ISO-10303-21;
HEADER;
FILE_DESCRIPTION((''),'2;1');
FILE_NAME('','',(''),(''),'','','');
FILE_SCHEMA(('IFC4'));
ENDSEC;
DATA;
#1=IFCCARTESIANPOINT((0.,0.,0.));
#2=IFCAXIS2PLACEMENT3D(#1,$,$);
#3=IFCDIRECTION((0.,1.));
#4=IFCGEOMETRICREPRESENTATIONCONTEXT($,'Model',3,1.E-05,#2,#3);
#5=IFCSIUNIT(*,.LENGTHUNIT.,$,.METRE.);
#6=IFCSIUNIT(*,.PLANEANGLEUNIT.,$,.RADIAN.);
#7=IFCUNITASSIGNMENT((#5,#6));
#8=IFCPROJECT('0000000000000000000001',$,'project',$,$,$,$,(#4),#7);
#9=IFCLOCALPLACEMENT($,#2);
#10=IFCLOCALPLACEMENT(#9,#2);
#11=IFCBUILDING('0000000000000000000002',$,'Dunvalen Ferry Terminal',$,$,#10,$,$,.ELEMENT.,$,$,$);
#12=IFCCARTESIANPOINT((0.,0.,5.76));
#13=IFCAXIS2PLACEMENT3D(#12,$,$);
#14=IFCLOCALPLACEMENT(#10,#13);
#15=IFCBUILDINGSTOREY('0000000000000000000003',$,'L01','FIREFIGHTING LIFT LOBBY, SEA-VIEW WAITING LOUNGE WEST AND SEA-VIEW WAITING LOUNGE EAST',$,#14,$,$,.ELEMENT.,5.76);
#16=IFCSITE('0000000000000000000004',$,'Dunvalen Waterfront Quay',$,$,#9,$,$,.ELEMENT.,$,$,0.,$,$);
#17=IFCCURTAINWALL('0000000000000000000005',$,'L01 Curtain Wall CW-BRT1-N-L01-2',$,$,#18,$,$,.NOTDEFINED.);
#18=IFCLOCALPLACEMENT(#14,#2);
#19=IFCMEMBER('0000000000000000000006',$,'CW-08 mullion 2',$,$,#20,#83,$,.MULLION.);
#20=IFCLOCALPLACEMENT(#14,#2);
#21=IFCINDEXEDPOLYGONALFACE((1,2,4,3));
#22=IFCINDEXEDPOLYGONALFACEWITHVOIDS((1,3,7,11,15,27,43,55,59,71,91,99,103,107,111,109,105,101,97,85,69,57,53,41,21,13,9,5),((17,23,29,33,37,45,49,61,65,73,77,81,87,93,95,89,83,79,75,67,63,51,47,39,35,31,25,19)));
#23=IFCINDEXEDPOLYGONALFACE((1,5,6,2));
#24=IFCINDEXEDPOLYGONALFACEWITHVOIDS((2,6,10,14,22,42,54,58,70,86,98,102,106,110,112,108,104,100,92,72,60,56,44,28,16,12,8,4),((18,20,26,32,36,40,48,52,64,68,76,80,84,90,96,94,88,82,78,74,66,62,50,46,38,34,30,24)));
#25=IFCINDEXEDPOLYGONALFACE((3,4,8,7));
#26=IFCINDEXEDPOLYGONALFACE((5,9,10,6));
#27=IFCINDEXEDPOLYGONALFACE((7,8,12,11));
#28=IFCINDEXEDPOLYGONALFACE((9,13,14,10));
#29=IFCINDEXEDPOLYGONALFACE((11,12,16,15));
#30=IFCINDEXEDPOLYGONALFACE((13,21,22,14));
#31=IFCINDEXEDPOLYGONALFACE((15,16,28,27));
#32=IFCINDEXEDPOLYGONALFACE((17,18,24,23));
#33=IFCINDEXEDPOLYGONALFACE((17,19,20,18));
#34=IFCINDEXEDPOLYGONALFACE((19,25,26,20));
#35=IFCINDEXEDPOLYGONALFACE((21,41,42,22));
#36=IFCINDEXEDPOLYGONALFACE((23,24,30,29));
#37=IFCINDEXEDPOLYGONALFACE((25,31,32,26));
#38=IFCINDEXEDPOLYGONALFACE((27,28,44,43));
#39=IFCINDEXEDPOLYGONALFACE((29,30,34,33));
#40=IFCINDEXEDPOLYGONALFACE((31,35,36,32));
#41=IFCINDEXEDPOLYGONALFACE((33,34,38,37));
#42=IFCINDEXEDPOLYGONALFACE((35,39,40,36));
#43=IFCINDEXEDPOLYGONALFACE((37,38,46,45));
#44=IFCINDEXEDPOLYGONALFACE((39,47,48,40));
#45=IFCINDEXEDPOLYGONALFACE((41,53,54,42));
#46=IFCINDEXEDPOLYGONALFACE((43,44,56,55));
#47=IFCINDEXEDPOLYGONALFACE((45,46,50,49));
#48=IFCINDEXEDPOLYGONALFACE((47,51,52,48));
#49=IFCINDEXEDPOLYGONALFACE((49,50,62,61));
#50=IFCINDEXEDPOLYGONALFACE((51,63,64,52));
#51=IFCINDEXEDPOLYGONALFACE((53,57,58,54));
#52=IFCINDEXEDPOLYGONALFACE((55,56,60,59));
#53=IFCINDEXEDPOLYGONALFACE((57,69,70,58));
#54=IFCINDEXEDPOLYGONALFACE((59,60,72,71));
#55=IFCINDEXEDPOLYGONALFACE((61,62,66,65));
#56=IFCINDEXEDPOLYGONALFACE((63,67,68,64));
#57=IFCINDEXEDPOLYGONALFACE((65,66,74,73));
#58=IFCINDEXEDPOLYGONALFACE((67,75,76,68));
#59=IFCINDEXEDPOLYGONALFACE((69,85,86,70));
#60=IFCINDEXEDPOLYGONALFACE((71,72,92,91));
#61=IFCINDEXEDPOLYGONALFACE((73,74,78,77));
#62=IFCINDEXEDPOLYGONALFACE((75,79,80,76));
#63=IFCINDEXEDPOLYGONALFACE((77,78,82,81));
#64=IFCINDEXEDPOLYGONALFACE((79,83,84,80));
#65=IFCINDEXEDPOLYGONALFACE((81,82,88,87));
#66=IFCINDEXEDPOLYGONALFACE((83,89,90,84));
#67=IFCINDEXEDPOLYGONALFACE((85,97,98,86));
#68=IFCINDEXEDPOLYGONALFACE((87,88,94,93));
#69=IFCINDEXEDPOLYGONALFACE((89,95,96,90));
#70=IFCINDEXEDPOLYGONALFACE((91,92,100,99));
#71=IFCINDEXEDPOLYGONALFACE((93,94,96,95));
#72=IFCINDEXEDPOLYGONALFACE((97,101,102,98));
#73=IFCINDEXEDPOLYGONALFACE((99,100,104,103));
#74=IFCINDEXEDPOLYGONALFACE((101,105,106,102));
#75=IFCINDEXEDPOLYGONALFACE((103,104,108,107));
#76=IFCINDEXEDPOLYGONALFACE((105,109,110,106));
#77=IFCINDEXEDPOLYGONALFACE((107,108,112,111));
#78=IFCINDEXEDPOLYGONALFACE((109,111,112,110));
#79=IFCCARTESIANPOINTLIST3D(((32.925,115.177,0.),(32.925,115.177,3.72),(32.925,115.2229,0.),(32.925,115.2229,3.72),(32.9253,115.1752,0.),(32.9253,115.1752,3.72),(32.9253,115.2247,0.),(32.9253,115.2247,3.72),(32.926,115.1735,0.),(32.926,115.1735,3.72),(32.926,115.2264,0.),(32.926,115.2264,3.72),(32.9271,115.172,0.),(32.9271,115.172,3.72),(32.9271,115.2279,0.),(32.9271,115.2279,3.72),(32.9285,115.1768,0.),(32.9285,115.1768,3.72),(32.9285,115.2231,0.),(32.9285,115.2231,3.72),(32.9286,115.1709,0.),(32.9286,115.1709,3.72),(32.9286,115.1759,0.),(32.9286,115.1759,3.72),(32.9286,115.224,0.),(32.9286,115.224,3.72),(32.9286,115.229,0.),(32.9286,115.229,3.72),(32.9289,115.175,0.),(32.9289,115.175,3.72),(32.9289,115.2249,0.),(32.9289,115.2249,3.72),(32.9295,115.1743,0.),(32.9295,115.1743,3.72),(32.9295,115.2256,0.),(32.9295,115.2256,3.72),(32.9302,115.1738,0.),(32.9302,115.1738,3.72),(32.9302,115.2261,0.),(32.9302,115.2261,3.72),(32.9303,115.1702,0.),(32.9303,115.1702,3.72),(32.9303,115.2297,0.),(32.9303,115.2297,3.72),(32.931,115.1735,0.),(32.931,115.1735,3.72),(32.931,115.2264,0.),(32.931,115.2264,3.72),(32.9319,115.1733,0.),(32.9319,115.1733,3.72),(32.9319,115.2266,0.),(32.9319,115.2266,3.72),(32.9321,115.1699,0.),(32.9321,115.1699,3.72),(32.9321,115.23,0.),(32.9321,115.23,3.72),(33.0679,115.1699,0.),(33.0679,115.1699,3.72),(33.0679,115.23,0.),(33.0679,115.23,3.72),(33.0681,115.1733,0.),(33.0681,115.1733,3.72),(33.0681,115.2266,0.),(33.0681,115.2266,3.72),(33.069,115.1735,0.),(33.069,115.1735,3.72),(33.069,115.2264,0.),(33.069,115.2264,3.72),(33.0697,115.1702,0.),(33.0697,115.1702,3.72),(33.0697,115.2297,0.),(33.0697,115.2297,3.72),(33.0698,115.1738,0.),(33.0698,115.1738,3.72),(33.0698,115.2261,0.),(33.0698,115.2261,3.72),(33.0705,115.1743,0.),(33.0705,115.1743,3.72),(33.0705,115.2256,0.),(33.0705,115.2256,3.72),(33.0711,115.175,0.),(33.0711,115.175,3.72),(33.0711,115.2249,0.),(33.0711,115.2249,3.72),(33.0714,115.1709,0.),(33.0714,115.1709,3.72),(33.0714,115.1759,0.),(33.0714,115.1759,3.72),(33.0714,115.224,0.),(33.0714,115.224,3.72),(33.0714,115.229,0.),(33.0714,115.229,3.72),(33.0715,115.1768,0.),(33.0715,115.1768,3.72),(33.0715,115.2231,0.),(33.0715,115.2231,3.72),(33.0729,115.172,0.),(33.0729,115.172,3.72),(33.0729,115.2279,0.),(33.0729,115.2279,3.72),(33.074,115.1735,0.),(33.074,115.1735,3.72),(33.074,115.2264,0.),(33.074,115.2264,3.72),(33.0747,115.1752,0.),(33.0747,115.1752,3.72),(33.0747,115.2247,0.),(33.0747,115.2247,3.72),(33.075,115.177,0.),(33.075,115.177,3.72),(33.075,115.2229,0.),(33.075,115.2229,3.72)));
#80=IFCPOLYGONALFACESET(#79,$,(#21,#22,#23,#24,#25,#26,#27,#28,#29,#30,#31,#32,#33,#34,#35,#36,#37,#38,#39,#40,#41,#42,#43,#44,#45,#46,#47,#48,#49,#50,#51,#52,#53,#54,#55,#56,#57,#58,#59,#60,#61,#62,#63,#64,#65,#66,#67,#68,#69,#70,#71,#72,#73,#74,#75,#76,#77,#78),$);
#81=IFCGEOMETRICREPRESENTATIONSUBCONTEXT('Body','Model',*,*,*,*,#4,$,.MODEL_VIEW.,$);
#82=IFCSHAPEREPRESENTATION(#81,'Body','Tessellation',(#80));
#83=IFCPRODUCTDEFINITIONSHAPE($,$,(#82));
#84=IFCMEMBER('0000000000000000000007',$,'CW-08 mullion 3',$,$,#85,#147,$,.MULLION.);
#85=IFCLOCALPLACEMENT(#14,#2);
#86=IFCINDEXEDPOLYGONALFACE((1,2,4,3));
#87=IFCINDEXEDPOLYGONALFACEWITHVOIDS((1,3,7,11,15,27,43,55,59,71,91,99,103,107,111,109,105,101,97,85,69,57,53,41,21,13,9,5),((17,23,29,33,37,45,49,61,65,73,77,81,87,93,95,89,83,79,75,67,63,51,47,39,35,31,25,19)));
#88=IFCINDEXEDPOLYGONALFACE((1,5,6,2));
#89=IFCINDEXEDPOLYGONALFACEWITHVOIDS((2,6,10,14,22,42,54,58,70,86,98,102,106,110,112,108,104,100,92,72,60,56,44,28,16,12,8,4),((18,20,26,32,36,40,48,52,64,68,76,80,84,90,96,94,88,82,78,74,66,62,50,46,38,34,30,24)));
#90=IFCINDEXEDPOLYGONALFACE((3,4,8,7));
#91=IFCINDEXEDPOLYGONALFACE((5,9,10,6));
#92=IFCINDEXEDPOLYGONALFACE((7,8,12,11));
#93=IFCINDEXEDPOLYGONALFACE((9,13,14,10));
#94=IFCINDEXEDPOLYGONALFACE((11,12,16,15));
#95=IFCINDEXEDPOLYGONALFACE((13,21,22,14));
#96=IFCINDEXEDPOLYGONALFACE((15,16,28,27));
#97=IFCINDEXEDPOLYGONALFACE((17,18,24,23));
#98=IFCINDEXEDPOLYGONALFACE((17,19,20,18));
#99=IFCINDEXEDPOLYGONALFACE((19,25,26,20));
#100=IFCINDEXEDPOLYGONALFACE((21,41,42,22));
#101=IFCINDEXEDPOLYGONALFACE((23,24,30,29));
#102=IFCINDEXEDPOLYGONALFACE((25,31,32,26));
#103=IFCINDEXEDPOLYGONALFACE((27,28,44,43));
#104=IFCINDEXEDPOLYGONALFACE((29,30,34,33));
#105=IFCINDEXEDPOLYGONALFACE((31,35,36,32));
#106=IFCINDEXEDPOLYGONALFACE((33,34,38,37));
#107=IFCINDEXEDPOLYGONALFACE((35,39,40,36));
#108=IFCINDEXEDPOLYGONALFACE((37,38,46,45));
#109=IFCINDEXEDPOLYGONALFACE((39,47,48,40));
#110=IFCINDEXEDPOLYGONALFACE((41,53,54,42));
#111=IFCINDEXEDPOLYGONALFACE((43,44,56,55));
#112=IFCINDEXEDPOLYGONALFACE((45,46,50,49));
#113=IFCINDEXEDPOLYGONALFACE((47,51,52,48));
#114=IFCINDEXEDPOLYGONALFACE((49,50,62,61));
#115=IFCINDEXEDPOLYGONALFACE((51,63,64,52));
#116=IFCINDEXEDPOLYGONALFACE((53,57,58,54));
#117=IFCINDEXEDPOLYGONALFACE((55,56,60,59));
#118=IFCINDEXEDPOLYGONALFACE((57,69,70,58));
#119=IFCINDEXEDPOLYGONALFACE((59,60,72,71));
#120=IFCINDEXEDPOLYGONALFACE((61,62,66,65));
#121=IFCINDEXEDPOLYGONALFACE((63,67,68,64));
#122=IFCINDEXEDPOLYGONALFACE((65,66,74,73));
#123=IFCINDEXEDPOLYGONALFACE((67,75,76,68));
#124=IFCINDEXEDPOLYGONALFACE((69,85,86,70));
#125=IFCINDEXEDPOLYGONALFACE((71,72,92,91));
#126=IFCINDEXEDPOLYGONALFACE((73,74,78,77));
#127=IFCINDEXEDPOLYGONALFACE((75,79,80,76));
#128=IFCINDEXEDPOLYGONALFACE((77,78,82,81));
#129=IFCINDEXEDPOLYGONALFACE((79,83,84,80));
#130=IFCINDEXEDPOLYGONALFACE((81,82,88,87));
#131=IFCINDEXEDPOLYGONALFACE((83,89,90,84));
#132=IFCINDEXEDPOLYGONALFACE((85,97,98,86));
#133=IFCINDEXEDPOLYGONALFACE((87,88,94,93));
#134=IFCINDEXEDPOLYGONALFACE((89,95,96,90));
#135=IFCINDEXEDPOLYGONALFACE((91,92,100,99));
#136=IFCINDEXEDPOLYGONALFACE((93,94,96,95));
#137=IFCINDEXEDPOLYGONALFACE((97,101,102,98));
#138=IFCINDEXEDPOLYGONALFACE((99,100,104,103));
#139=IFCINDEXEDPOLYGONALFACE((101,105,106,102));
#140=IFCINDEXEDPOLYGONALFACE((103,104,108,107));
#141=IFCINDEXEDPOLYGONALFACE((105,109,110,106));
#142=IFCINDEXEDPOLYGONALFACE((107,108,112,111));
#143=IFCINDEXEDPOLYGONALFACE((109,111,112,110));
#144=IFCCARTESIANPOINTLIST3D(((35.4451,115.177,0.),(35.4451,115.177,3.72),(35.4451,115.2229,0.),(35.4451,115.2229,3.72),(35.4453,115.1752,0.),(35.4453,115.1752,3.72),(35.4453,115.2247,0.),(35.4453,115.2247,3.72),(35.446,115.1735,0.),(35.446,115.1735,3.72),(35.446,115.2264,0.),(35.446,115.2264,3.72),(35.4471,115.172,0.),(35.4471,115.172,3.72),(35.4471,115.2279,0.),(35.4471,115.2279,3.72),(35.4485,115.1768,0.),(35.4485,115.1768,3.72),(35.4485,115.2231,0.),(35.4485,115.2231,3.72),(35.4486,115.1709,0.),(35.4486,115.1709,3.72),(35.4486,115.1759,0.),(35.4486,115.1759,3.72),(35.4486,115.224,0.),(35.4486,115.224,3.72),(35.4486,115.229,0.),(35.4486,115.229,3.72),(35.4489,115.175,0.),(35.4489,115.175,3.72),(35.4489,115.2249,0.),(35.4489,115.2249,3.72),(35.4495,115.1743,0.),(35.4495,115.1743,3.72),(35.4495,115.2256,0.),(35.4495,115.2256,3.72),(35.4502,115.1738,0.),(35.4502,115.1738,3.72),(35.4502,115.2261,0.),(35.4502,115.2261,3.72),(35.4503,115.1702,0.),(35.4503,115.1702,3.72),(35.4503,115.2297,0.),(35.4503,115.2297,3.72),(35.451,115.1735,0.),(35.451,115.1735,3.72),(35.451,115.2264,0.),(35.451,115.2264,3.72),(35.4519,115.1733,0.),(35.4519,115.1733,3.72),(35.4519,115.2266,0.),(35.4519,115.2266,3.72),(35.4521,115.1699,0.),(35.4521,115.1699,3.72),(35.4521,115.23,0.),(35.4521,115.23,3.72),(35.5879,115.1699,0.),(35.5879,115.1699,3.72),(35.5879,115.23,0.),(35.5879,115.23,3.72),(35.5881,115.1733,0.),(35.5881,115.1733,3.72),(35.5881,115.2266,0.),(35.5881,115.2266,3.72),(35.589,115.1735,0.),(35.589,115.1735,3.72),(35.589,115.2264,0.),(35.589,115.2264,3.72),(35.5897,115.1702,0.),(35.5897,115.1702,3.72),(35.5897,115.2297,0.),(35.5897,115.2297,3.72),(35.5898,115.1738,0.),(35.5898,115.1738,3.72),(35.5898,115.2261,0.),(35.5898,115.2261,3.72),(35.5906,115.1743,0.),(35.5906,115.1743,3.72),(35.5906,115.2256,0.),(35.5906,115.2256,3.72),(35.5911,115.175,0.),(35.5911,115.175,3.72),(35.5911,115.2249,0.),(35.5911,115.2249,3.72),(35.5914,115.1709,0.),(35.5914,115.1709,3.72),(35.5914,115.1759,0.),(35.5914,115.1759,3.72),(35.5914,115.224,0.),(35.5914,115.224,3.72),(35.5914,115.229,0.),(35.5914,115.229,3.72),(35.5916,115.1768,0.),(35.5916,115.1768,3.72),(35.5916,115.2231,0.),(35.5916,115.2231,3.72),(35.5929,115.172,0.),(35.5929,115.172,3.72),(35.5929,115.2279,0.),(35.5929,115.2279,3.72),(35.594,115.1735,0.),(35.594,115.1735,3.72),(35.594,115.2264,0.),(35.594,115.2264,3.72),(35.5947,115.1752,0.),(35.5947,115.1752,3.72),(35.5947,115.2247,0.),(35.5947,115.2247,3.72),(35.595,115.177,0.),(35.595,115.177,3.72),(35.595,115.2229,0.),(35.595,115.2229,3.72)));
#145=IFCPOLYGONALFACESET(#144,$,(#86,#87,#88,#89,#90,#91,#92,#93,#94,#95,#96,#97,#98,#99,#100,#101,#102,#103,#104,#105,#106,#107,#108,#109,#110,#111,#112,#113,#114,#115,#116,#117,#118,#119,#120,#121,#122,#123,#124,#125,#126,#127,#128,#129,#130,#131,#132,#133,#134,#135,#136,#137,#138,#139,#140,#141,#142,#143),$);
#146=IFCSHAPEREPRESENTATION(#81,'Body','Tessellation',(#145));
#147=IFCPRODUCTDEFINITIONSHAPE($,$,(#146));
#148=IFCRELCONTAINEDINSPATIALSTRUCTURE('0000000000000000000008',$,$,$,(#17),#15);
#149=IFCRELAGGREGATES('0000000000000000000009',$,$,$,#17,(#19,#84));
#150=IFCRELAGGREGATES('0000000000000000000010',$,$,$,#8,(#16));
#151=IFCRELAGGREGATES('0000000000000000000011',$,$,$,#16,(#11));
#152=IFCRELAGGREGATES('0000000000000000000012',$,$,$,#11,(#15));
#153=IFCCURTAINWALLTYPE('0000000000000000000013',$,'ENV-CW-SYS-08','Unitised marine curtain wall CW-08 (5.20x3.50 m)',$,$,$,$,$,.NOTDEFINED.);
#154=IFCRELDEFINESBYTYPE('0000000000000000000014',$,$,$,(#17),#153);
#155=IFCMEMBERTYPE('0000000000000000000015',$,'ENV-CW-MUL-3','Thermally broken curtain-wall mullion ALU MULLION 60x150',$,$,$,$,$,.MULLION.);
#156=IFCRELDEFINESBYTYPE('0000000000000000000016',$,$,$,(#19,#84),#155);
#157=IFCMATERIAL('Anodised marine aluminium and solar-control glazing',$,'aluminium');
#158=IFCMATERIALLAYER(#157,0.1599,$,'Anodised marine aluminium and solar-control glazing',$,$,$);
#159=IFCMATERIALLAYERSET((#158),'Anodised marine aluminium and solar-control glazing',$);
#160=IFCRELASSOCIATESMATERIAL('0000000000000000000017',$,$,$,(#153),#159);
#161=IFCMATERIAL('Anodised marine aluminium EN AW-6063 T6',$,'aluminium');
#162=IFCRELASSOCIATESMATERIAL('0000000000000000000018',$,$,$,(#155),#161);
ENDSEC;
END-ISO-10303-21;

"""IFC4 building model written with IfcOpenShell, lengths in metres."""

from ifc_helpers import new_model, si_unit, direction, frame, origin, origin_2d, place, context, subcontext, project, spatial, hollow_rectangle, extrude, material, layer, layer_set, material_profile, profile_set, type_object, element, aggregate, save


model = new_model("IFC4")

# Units and contexts
model_context = context("Model", 3, precision=1e-05, world=origin(), true_north=direction((0.0, 1.0)))
body_context = subcontext(model_context, "Body", "Model", "MODEL_VIEW")
ifc_project = project(units=[si_unit("LENGTHUNIT", "METRE"), si_unit("PLANEANGLEUNIT", "RADIAN")], contexts=[model_context])

# Site, building, storey
site_placement = place(None, origin())
site = spatial("IfcSite", under=ifc_project, at=site_placement, Name="Dunvalen Waterfront Quay", CompositionType="ELEMENT", RefElevation=0.0)
building_placement = place(site_placement, origin())
building = spatial("IfcBuilding", under=site, at=building_placement, Name="Dunvalen Ferry Terminal", CompositionType="ELEMENT")
storey_placement = place(building_placement, frame((0.0, 0.0, 5.76)))
storey = spatial("IfcBuildingStorey", under=building, at=storey_placement, Name="L01", Description="FIREFIGHTING LIFT LOBBY, SEA-VIEW WAITING LOUNGE WEST AND SEA-VIEW WAITING LOUNGE EAST", CompositionType="ELEMENT", Elevation=5.76)

# Curtain wall, members
ifc_material_1 = material(Name="Anodised marine aluminium and solar-control glazing", Category="aluminium")
ifc_layer_1 = layer(ifc_material_1, 0.1599, Name="Anodised marine aluminium and solar-control glazing")
ifc_layer_set_1 = layer_set([ifc_layer_1], Name="Anodised marine aluminium and solar-control glazing")
curtain_wall_type = type_object("IfcCurtainWallType", Name="ENV-CW-SYS-08", Description="Unitised marine curtain wall CW-08 (5.20x3.50 m)", PredefinedType="NOTDEFINED", material=ifc_layer_set_1)
ifc_material_2 = material(Name="Anodised marine aluminium EN AW-6063 T6", Category="aluminium")
ifc_material_profile_1 = material_profile(ifc_material_2, hollow_rectangle(XDim=0.0601, YDim=0.1499, WallThickness=0.0034, InnerFilletRadius=0.0034, OuterFilletRadius=0.0071, at=origin_2d()), Name="Anodised marine aluminium EN AW-6063 T6")
ifc_profile_set_1 = profile_set([ifc_material_profile_1], Name="Anodised marine aluminium EN AW-6063 T6")
member_type_1 = type_object("IfcMemberType", Name="ENV-CW-MUL-3", Description="Thermally broken curtain-wall mullion ALU MULLION 60x150", PredefinedType="MULLION", material=ifc_profile_set_1)
curtain_wall_1_placement = place(storey_placement, origin())
curtain_wall_1 = element("IfcCurtainWall", 1, at=curtain_wall_1_placement, inside=storey, type_object=curtain_wall_type, Name="L01 Curtain Wall CW-BRT1-N-L01-2", PredefinedType="NOTDEFINED")
member_1_placement = place(storey_placement, frame((33.0, 115.2, 0.0), z_axis=(0.0, 0.0, 1.0), x_axis=(0.0, 1.0, 0.0)))
member_1 = element("IfcMember", 2, at=member_1_placement, type_object=member_type_1, Name="CW-08 mullion 2", PredefinedType="MULLION", context=body_context, shape_type="SweptSolid", body=[
    extrude(hollow_rectangle(XDim=0.0601, YDim=0.1499, WallThickness=0.0034, InnerFilletRadius=0.0034, OuterFilletRadius=0.0071, at=origin_2d()), origin(), (0.0, 0.0, 1.0), 3.72),
])
member_2_placement = place(storey_placement, frame((35.52, 115.2, 0.0), z_axis=(0.0, 0.0, 1.0), x_axis=(0.0, 1.0, 0.0)))
member_2 = element("IfcMember", 3, at=member_2_placement, type_object=member_type_1, Name="CW-08 mullion 3", PredefinedType="MULLION", context=body_context, shape_type="SweptSolid", body=[
    extrude(hollow_rectangle(XDim=0.0601, YDim=0.1499, WallThickness=0.0034, InnerFilletRadius=0.0034, OuterFilletRadius=0.0071, at=origin_2d()), origin(), (0.0, 0.0, 1.0), 3.72),
])

aggregate(curtain_wall_1, [member_1, member_2])

save(model, "model.ifc")
